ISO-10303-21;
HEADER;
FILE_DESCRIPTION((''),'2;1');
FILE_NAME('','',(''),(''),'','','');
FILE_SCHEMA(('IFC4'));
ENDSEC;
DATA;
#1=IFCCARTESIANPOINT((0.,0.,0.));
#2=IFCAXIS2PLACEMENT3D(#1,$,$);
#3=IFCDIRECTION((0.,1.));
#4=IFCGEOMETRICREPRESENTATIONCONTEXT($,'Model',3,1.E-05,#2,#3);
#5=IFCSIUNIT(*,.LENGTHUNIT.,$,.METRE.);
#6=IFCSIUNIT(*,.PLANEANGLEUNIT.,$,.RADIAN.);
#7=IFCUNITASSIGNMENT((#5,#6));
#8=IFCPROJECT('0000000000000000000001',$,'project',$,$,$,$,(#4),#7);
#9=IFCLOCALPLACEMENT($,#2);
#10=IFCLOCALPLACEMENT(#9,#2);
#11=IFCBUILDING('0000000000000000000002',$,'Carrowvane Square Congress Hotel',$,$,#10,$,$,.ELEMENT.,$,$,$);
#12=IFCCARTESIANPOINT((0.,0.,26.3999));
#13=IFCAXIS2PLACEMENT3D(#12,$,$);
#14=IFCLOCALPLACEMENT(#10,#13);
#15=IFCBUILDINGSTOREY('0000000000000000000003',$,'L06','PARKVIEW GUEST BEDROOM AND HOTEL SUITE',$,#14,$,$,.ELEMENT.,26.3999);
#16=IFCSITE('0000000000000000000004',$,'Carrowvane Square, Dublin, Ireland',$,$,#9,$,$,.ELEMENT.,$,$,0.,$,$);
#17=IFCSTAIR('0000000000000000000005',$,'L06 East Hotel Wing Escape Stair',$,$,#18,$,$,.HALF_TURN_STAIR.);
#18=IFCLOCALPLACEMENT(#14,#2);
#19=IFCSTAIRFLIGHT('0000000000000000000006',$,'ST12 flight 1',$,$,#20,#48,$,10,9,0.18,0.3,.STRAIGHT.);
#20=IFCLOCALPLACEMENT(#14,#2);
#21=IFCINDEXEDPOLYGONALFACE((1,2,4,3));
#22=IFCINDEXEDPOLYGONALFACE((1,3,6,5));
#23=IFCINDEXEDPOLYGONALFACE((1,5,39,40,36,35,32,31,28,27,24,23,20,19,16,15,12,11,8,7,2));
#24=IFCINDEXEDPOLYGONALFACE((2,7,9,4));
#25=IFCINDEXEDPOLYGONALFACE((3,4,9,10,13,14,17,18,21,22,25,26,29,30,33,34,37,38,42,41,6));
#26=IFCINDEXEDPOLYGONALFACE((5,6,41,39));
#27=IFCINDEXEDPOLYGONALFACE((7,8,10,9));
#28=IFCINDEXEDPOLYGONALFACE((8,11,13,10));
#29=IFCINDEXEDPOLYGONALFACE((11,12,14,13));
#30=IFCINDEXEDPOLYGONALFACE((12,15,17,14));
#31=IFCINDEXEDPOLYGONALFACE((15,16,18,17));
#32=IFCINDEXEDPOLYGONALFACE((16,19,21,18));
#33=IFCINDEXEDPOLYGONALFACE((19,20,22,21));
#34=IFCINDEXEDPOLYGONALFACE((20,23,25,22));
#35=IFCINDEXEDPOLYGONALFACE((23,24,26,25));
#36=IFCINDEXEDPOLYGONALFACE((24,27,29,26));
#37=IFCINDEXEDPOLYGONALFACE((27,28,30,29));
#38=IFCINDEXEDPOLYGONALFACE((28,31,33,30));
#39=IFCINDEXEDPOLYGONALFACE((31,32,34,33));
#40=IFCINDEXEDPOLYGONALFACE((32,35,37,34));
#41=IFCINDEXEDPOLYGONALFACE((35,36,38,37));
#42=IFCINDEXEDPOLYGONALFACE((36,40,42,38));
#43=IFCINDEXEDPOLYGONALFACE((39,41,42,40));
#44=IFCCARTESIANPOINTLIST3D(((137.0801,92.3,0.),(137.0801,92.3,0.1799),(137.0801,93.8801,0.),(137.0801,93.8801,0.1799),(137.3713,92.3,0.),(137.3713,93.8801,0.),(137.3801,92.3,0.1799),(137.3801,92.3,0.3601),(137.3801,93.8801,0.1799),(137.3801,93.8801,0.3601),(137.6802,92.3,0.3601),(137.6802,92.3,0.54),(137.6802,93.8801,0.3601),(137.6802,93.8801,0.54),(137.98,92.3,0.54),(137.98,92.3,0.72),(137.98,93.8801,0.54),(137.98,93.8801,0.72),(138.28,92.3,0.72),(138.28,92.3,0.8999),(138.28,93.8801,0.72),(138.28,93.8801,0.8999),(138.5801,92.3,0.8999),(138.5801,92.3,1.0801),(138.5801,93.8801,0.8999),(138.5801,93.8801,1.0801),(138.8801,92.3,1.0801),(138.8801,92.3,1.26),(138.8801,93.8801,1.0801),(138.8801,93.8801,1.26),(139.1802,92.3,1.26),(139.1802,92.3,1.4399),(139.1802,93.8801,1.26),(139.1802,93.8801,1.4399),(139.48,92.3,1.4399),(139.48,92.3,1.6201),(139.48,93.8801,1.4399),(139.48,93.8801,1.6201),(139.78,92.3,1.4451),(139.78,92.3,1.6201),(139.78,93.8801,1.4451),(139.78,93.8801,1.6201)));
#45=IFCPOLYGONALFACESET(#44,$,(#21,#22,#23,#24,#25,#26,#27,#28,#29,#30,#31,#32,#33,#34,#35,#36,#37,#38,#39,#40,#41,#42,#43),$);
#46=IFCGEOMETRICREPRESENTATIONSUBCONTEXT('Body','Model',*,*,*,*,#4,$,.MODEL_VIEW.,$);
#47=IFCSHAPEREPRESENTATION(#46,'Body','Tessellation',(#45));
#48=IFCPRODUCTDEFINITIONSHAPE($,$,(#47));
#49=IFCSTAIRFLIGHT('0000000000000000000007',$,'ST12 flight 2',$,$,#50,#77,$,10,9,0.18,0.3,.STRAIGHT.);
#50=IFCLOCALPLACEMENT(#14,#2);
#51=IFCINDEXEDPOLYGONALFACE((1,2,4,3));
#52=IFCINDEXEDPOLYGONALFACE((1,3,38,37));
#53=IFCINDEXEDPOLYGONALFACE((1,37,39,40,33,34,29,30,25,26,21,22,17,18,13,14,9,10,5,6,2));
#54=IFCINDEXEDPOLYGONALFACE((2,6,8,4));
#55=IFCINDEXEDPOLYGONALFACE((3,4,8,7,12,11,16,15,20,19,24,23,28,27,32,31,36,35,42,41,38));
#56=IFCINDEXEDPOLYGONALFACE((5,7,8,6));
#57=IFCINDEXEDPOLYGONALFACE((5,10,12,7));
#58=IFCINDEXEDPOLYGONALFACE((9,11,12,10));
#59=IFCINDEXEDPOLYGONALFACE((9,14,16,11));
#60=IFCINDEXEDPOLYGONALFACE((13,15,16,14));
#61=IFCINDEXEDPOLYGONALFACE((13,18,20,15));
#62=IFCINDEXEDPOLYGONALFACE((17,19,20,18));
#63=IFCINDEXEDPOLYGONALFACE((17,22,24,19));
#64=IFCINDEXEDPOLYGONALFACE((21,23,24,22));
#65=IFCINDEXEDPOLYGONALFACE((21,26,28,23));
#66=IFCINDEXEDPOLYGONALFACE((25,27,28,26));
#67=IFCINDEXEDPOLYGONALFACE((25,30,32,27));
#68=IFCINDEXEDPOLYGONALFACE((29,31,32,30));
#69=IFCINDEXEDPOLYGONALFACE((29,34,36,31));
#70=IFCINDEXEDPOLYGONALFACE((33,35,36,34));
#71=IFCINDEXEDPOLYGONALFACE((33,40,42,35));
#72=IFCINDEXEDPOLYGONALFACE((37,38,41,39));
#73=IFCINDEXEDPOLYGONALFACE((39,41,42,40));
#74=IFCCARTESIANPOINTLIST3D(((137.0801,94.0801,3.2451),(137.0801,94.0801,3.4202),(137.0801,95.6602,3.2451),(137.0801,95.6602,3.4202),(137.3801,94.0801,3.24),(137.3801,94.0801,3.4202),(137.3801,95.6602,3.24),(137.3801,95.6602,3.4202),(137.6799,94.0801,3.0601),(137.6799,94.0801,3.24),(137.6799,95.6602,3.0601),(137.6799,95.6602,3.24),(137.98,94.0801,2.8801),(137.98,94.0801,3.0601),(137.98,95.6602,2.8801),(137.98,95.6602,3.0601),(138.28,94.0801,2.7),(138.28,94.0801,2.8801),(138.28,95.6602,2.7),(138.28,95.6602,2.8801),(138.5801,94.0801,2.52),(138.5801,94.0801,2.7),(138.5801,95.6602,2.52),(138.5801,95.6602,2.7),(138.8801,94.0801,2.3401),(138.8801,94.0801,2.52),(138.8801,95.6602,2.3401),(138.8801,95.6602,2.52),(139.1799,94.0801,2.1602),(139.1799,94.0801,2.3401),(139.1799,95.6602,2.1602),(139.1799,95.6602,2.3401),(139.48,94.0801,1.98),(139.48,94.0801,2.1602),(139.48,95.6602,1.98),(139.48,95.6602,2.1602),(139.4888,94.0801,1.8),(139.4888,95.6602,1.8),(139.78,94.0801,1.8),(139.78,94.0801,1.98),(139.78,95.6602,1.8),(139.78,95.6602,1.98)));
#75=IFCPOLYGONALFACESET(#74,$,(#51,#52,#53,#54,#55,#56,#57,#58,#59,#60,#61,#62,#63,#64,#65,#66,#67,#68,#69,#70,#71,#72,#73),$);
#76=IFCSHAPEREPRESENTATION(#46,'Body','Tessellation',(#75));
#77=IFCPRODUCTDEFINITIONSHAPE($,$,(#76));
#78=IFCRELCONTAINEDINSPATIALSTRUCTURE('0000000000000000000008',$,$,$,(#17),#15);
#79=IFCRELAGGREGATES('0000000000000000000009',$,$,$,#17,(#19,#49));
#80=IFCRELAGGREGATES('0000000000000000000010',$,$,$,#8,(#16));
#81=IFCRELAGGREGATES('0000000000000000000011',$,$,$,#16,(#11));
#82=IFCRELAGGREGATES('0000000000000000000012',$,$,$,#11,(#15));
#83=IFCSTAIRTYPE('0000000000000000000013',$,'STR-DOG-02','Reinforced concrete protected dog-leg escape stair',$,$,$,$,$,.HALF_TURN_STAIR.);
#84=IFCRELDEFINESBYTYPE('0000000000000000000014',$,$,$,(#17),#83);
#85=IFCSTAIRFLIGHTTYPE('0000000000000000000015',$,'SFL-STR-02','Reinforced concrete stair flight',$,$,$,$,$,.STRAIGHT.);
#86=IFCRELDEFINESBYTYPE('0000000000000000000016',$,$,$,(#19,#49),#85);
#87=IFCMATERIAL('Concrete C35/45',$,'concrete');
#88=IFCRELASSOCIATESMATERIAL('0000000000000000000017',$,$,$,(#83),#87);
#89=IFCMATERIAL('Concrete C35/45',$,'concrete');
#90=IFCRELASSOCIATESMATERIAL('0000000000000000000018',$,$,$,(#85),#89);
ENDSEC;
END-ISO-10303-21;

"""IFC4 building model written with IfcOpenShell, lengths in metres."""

from ifc_helpers import new_model, si_unit, direction, frame, origin, place, context, subcontext, project, spatial, polyline, outline, extrude, material, type_object, element, aggregate, save


model = new_model("IFC4")

# Units and contexts
model_context = context("Model", 3, precision=1e-05, world=origin(), true_north=direction((0.0, 1.0)))
body_context = subcontext(model_context, "Body", "Model", "MODEL_VIEW")
ifc_project = project(units=[si_unit("LENGTHUNIT", "METRE"), si_unit("PLANEANGLEUNIT", "RADIAN")], contexts=[model_context])

# Site, building, storey
site_placement = place(None, origin())
site = spatial("IfcSite", under=ifc_project, at=site_placement, Name="Carrowvane Square, Dublin, Ireland", CompositionType="ELEMENT", RefElevation=0.0)
building_placement = place(site_placement, origin())
building = spatial("IfcBuilding", under=site, at=building_placement, Name="Carrowvane Square Congress Hotel", CompositionType="ELEMENT")
storey_placement = place(building_placement, frame((0.0, 0.0, 26.3999)))
storey = spatial("IfcBuildingStorey", under=building, at=storey_placement, Name="L06", Description="PARKVIEW GUEST BEDROOM AND HOTEL SUITE", CompositionType="ELEMENT", Elevation=26.3999)

# Stair, stair flights
ifc_material_1 = material(Name="Concrete C35/45", Category="concrete")
stair_type = type_object("IfcStairType", Name="STR-DOG-02", Description="Reinforced concrete protected dog-leg escape stair", PredefinedType="HALF_TURN_STAIR", material=ifc_material_1)
stair_placement = place(storey_placement, origin())
stair = element("IfcStair", 1, at=stair_placement, inside=storey, type_object=stair_type, Name="L06 East Hotel Wing Escape Stair", PredefinedType="HALF_TURN_STAIR")
ifc_material_2 = material(Name="Concrete C35/45", Category="concrete")
stair_flight_type = type_object("IfcStairFlightType", Name="SFL-STR-02", Description="Reinforced concrete stair flight", PredefinedType="STRAIGHT", material=ifc_material_2)
stair_flight_1_placement = place(storey_placement, frame((137.0801, 93.0901, 0.0), z_axis=(0.0, 0.0, 1.0), x_axis=(1.0, 0.0, 0.0)))
stair_flight_1 = element("IfcStairFlight", 2, at=stair_flight_1_placement, type_object=stair_flight_type, Name="ST12 flight 1", NumberOfRisers=10, NumberOfTreads=9, PredefinedType="STRAIGHT", RiserHeight=0.18, TreadLength=0.3, context=body_context, shape_type="SweptSolid", body=[
    extrude(outline(polyline([(0.0, 0.0), (0.0, 0.1799), (0.3, 0.1799), (0.3, 0.3601), (0.6001, 0.3601), (0.6001, 0.54), (0.8999, 0.54), (0.8999, 0.72), (1.2, 0.72), (1.2, 0.8999), (1.5, 0.8999), (1.5, 1.0801), (1.8, 1.0801), (1.8, 1.26), (2.1001, 1.26), (2.1001, 1.4399), (2.3999, 1.4399), (2.3999, 1.6201), (2.7, 1.6201), (2.7, 1.8), (2.7, 1.4451), (0.2913, 0.0), (0.0, 0.0)])), frame((0.0, 0.79, 0.0), z_axis=(0.0, -1.0, 0.0), x_axis=(1.0, 0.0, 0.0)), (0.0, 0.0, 1.0), 1.5801),
])
stair_flight_2_placement = place(storey_placement, frame((139.78, 94.8701, 1.8), z_axis=(0.0, 0.0, 1.0), x_axis=(-1.0, 0.0, 0.0)))
stair_flight_2 = element("IfcStairFlight", 3, at=stair_flight_2_placement, type_object=stair_flight_type, Name="ST12 flight 2", NumberOfRisers=10, NumberOfTreads=9, PredefinedType="STRAIGHT", RiserHeight=0.18, TreadLength=0.3, context=body_context, shape_type="SweptSolid", body=[
    extrude(outline(polyline([(0.0, 0.0), (0.0, 0.1799), (0.3, 0.1799), (0.3, 0.3601), (0.6001, 0.3601), (0.6001, 0.54), (0.8999, 0.54), (0.8999, 0.72), (1.2, 0.72), (1.2, 0.8999), (1.5, 0.8999), (1.5, 1.0801), (1.8, 1.0801), (1.8, 1.26), (2.1001, 1.26), (2.1001, 1.4399), (2.3999, 1.4399), (2.3999, 1.6201), (2.7, 1.6201), (2.7, 1.8), (2.7, 1.4451), (0.2913, 0.0), (0.0, 0.0)])), frame((0.0, 0.79, 0.0), z_axis=(0.0, -1.0, 0.0), x_axis=(1.0, 0.0, 0.0)), (0.0, 0.0, 1.0), 1.5801),
])
aggregate(stair, [stair_flight_1, stair_flight_2])

save(model, "model.ifc")
